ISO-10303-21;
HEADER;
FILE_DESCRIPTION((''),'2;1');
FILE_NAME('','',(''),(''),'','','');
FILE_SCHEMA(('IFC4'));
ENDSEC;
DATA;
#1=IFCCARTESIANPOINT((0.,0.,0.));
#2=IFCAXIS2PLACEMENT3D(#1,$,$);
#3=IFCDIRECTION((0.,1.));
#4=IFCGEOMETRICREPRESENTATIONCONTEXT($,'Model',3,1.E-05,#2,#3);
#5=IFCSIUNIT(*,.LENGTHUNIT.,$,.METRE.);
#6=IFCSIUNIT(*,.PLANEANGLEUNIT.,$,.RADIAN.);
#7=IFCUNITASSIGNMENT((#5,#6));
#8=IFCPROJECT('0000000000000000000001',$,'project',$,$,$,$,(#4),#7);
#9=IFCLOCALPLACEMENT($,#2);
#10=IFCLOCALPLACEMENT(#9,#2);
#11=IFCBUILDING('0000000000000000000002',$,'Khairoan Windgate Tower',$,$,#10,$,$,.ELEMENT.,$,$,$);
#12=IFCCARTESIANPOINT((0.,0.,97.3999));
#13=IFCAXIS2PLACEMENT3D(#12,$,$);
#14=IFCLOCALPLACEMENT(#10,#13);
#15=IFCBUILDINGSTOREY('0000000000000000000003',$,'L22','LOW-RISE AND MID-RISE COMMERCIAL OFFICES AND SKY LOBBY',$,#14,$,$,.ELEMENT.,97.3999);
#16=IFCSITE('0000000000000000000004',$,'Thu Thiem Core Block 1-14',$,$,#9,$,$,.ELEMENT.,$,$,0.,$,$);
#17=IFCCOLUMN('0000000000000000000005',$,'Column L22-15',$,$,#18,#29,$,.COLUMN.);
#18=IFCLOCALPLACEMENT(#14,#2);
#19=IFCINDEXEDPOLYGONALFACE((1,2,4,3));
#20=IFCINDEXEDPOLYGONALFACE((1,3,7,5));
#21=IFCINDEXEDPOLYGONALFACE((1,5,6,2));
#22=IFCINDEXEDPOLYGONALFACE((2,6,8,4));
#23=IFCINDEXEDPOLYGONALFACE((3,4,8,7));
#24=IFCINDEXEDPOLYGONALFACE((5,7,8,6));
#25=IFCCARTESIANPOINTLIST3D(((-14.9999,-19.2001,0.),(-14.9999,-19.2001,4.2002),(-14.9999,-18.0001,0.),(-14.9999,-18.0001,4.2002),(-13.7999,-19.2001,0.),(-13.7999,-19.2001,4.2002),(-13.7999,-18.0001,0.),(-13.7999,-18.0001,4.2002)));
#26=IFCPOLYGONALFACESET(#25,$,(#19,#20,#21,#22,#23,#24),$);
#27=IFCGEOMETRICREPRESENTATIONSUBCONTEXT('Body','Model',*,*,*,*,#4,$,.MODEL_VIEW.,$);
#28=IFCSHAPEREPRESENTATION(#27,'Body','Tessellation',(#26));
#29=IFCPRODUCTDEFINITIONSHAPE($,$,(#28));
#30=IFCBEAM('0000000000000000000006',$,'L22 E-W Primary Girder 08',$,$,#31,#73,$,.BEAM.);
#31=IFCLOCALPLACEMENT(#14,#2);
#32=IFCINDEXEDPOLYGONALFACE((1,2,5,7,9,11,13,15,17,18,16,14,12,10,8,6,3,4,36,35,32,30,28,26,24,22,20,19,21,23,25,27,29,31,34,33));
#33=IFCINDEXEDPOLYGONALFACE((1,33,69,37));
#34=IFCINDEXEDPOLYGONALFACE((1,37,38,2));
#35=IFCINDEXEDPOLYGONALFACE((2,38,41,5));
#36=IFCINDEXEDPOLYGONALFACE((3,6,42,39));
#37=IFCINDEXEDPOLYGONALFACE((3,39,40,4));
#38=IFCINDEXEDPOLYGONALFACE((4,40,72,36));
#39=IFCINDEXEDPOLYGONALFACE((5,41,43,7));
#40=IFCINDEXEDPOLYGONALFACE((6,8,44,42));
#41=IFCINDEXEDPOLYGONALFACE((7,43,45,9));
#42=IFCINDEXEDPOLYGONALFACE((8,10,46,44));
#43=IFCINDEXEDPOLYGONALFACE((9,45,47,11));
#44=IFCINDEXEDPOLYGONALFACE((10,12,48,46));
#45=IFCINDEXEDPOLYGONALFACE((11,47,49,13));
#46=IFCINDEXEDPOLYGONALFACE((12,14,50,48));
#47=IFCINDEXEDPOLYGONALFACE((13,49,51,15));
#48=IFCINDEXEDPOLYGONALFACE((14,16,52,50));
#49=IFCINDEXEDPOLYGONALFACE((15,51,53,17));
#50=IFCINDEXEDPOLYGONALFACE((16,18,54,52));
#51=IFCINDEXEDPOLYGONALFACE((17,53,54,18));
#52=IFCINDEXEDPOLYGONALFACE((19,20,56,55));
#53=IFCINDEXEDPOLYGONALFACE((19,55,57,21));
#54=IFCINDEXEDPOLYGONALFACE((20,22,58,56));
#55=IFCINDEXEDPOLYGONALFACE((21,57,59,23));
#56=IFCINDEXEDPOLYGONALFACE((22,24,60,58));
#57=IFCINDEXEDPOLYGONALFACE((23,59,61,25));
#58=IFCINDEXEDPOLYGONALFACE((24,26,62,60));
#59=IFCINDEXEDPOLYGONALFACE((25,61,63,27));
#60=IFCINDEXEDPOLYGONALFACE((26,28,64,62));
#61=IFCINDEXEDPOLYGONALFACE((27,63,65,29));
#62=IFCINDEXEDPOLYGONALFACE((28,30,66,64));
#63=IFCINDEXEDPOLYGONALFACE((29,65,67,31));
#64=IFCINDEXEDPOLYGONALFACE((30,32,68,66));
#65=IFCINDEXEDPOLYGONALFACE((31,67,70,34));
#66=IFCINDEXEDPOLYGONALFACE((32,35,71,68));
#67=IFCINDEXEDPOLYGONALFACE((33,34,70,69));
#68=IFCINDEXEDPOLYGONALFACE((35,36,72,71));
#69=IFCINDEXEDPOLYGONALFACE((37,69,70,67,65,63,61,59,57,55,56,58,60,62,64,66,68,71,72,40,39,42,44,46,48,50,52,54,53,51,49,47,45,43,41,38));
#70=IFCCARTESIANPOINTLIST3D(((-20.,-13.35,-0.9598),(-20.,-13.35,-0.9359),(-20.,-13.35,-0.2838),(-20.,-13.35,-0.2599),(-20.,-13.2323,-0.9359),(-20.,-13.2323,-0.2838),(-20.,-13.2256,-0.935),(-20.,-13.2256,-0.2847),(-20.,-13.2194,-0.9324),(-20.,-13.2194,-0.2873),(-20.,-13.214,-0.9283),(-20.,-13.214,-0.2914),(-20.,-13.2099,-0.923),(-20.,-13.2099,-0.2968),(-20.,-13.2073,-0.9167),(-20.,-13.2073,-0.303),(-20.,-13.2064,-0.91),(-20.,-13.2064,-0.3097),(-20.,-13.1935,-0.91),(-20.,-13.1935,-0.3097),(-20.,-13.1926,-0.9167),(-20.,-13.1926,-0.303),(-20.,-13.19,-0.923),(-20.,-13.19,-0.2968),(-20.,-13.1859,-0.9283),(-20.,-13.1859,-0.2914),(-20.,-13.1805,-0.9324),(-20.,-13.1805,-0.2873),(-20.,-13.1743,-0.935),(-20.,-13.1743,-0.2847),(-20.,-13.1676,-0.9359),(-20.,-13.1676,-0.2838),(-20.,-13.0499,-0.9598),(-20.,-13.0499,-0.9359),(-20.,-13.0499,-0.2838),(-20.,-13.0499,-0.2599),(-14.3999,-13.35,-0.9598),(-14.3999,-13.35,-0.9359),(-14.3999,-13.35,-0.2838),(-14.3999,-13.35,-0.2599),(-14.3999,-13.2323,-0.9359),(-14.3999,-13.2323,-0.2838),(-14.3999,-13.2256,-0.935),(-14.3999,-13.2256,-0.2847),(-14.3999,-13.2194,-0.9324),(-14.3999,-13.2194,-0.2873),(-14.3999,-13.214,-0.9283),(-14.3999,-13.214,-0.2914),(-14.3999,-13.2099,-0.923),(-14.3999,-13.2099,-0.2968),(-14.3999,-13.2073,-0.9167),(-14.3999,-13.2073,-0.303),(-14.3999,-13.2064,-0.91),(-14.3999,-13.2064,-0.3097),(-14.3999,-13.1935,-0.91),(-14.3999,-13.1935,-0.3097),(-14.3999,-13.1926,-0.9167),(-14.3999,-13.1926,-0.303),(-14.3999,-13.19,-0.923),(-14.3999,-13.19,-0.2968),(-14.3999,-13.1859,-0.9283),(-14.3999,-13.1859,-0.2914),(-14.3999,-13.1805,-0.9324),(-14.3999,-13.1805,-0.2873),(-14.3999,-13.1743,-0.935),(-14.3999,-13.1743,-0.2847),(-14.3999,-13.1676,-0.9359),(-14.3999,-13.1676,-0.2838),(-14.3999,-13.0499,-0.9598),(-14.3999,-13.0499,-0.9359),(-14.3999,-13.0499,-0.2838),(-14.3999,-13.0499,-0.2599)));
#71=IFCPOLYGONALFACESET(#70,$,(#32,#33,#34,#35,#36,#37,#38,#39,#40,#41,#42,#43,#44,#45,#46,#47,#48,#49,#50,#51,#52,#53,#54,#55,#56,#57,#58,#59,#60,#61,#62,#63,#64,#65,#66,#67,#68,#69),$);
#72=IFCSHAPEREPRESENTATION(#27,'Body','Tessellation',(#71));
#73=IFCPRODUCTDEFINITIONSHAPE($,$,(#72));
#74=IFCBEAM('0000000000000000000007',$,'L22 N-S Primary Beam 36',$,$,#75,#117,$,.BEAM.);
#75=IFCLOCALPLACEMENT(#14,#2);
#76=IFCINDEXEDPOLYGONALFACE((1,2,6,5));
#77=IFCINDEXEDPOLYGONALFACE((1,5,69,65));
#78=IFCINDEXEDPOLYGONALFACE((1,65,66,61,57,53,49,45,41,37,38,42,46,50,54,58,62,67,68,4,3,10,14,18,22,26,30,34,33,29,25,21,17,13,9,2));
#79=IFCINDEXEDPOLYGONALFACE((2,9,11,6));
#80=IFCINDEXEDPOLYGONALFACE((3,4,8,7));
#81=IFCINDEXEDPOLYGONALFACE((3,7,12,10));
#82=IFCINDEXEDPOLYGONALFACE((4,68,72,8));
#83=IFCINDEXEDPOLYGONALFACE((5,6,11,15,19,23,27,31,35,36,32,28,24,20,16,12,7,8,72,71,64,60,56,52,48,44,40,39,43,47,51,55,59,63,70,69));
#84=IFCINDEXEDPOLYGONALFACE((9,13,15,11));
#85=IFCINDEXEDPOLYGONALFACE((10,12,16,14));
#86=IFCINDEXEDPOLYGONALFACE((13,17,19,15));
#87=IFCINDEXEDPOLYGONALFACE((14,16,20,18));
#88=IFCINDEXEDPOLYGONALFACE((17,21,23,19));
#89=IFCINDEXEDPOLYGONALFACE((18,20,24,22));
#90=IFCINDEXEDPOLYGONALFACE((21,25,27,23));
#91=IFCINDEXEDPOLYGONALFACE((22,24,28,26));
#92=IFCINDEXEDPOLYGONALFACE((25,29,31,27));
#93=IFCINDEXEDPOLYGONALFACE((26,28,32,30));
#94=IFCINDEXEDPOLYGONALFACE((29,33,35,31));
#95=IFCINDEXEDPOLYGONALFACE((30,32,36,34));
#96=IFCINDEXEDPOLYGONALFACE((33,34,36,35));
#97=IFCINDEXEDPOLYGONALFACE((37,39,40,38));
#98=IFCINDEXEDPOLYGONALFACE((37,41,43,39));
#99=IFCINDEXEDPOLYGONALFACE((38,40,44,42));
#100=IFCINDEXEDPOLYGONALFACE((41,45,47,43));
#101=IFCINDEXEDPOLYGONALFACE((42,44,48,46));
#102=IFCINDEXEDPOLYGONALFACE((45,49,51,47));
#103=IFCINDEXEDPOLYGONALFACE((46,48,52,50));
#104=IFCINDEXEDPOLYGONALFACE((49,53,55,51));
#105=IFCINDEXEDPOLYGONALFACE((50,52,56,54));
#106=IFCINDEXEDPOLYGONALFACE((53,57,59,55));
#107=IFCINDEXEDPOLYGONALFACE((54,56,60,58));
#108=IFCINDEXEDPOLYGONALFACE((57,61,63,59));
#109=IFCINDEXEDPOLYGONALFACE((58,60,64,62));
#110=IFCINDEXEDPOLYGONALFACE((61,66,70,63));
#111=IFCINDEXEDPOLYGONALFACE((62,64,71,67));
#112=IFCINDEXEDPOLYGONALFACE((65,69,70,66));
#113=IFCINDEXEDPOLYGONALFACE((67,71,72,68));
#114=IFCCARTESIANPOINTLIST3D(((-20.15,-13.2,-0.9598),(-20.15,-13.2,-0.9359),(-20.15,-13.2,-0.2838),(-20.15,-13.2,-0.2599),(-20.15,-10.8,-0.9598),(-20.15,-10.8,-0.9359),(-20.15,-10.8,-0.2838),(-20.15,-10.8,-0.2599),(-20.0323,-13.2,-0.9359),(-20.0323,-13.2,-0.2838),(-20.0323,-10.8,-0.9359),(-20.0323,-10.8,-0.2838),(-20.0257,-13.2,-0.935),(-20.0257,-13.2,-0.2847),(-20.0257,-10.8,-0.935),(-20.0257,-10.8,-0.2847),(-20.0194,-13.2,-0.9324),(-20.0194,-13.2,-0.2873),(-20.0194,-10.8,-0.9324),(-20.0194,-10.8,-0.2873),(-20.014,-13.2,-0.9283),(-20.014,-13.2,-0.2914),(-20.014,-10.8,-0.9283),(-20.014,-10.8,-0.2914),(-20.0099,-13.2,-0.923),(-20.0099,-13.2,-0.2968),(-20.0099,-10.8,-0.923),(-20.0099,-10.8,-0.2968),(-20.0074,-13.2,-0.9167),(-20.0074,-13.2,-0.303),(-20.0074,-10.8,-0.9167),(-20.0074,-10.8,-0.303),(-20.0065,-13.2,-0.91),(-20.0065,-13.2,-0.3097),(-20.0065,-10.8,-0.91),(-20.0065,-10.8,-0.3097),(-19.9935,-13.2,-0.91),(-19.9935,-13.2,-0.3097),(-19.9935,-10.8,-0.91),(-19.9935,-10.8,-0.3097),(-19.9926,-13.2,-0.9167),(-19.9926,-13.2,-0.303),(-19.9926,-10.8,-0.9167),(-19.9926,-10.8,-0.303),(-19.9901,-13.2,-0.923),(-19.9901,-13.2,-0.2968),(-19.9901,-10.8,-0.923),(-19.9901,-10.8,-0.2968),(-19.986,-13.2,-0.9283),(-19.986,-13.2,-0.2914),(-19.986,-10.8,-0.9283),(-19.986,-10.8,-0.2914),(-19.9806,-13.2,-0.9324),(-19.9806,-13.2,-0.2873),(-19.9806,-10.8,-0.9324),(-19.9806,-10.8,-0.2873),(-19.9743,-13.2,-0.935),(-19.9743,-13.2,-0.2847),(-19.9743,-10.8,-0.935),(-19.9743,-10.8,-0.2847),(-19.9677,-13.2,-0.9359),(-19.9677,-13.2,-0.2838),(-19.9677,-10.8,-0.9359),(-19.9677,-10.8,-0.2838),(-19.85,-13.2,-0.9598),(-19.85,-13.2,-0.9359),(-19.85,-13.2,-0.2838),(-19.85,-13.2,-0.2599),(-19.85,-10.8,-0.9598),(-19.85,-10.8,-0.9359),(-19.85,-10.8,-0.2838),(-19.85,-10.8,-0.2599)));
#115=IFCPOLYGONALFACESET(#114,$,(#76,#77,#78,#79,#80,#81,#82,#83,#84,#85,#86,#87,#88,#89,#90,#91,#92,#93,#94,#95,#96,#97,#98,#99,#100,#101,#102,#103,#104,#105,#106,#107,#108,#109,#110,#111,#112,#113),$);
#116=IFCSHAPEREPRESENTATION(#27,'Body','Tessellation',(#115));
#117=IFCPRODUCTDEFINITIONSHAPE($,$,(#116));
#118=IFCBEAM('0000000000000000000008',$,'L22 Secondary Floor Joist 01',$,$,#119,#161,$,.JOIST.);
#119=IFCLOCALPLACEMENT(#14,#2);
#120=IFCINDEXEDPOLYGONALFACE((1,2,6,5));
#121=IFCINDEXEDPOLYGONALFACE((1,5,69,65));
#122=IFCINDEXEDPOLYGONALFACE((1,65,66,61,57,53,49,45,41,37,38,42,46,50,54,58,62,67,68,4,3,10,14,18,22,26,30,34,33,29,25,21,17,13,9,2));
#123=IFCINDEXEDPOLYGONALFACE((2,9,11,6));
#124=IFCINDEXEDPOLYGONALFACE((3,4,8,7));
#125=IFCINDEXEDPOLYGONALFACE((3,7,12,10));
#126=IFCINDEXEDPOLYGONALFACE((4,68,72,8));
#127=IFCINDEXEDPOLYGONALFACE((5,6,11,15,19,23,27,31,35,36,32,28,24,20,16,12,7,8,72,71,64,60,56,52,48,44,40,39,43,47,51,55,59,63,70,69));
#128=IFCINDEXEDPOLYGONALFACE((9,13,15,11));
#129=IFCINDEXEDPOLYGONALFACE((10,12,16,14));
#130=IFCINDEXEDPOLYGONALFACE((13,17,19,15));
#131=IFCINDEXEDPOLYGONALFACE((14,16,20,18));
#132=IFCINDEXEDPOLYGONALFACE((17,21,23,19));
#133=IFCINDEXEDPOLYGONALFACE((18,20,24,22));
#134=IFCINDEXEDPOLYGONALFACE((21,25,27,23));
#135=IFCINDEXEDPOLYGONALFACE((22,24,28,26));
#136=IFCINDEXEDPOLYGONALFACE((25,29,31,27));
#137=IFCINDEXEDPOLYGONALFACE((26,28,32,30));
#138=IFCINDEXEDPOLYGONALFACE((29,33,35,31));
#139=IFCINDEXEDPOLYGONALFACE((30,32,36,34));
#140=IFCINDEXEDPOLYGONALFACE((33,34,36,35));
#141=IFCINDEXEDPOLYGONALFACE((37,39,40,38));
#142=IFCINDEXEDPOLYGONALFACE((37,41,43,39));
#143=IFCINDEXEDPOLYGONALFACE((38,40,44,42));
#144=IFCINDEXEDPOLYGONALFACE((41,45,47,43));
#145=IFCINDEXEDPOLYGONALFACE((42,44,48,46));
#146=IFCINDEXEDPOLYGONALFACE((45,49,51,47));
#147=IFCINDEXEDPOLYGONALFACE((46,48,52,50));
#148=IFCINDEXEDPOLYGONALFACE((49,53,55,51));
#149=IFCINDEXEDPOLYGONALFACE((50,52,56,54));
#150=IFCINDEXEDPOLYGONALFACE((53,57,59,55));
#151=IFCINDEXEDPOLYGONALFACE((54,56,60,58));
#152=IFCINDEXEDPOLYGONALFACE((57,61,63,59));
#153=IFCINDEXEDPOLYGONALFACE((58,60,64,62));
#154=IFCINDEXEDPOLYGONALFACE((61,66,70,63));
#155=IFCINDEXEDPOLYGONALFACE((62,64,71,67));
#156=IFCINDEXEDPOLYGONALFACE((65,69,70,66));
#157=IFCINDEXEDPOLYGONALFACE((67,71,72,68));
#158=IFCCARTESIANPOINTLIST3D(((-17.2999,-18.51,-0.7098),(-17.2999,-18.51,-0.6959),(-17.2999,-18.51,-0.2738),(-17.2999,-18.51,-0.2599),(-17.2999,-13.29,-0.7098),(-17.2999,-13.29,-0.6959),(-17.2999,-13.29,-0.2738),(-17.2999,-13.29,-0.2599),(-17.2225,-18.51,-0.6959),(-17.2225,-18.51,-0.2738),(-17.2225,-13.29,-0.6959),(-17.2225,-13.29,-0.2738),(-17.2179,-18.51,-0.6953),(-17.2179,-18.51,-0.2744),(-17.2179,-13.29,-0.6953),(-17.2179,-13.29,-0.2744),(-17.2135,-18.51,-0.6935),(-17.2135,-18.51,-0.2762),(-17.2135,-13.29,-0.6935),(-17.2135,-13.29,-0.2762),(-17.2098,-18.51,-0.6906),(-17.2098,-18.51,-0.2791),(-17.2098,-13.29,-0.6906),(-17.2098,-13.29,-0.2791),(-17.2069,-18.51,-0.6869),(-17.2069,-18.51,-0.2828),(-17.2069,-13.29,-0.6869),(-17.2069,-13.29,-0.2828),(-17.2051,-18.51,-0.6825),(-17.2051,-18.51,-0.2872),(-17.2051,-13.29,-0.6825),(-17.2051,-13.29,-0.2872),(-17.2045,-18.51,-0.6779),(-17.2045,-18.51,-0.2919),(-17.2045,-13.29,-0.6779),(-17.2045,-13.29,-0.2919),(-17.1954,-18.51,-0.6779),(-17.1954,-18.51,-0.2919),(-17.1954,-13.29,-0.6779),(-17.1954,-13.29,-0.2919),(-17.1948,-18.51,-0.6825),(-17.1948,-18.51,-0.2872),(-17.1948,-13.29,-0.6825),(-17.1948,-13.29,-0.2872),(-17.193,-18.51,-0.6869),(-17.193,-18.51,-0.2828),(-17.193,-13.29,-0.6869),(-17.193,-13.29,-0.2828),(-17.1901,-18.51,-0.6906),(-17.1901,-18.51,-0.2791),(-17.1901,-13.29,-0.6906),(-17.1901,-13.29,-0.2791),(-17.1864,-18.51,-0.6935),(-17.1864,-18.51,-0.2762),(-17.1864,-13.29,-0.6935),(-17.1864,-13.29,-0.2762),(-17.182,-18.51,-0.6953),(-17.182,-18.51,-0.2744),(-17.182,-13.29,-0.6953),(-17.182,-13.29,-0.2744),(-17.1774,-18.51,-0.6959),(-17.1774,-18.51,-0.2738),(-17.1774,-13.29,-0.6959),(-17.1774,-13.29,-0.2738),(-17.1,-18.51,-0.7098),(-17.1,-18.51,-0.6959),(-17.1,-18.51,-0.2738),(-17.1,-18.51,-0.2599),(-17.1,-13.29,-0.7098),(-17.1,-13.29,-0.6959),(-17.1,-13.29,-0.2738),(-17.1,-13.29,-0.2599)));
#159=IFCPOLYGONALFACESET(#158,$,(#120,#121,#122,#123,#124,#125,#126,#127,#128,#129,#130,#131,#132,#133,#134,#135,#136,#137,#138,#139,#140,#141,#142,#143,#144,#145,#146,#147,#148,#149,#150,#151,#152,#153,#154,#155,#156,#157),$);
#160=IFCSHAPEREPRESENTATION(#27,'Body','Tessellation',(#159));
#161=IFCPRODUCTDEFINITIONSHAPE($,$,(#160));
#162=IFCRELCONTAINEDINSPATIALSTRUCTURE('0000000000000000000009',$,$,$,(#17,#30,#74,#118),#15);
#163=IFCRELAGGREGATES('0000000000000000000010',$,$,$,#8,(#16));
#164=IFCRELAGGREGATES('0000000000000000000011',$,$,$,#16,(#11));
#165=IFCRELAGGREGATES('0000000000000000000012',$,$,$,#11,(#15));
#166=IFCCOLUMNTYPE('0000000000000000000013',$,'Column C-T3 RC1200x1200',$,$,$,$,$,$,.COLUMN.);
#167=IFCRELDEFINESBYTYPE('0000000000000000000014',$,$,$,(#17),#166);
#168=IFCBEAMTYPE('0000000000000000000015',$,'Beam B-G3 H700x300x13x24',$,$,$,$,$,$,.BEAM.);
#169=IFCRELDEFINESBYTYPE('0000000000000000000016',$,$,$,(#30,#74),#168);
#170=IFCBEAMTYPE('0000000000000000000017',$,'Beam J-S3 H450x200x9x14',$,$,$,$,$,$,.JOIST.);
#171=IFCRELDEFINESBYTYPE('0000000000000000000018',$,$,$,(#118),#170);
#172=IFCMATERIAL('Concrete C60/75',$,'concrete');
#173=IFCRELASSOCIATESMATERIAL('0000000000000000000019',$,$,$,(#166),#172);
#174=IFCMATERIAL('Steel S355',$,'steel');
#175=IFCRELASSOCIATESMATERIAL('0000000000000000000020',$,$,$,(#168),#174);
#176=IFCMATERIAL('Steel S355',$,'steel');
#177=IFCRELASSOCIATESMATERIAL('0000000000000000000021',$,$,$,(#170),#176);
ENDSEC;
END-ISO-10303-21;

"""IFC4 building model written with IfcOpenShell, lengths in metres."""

from ifc_helpers import new_model, si_unit, direction, frame, origin, origin_2d, place, context, subcontext, project, spatial, rectangle, i_section, extrude, material, material_profile, profile_set, type_object, element, save


model = new_model("IFC4")

# Units and contexts
model_context = context("Model", 3, precision=1e-05, world=origin(), true_north=direction((0.0, 1.0)))
body_context = subcontext(model_context, "Body", "Model", "MODEL_VIEW")
ifc_project = project(units=[si_unit("LENGTHUNIT", "METRE"), si_unit("PLANEANGLEUNIT", "RADIAN")], contexts=[model_context])

# Site, building, storey
site_placement = place(None, origin())
site = spatial("IfcSite", under=ifc_project, at=site_placement, Name="Thu Thiem Core Block 1-14", CompositionType="ELEMENT", RefElevation=0.0)
building_placement = place(site_placement, origin())
building = spatial("IfcBuilding", under=site, at=building_placement, Name="Khairoan Windgate Tower", CompositionType="ELEMENT")
storey_placement = place(building_placement, frame((0.0, 0.0, 97.3999)))
storey = spatial("IfcBuildingStorey", under=building, at=storey_placement, Name="L22", Description="LOW-RISE AND MID-RISE COMMERCIAL OFFICES AND SKY LOBBY", CompositionType="ELEMENT", Elevation=97.3999)

# Column
ifc_material_1 = material(Name="Concrete C60/75", Category="concrete")
ifc_material_profile_1 = material_profile(ifc_material_1, rectangle(XDim=1.2, YDim=1.2, at=origin_2d()))
ifc_profile_set_1 = profile_set([ifc_material_profile_1], Name="Concrete C60/75")
column_type = type_object("IfcColumnType", Name="Column C-T3 RC1200x1200", PredefinedType="COLUMN", material=ifc_profile_set_1)
column_placement = place(storey_placement, frame((-14.3999, -18.6001, 0.0), z_axis=(0.0, 0.0, 1.0), x_axis=(1.0, 0.0, 0.0)))
element("IfcColumn", 1, at=column_placement, inside=storey, type_object=column_type, Name="Column L22-15", PredefinedType="COLUMN", context=body_context, shape_type="SweptSolid", body=[
    extrude(rectangle(XDim=1.2, YDim=1.2, at=origin_2d()), origin(), (0.0, 0.0, 1.0), 4.2002),
])

# Beams
ifc_material_2 = material(Name="Steel S355", Category="steel")
ifc_material_profile_2 = material_profile(ifc_material_2, i_section(OverallWidth=0.3, OverallDepth=0.7, WebThickness=0.0129, FlangeThickness=0.0239, FilletRadius=0.0259, at=origin_2d()))
ifc_profile_set_2 = profile_set([ifc_material_profile_2], Name="Steel S355")
beam_type_1 = type_object("IfcBeamType", Name="Beam B-G3 H700x300x13x24", PredefinedType="BEAM", material=ifc_profile_set_2)
beam_1_placement = place(storey_placement, frame((-20.0, -13.2, -0.6099), z_axis=(1.0, 0.0, 0.0), x_axis=(0.0, 1.0, 0.0)))
element("IfcBeam", 2, at=beam_1_placement, inside=storey, type_object=beam_type_1, Name="L22 E-W Primary Girder 08", PredefinedType="BEAM", context=body_context, shape_type="SweptSolid", body=[
    extrude(i_section(OverallWidth=0.3, OverallDepth=0.7, WebThickness=0.0129, FlangeThickness=0.0239, FilletRadius=0.0259, at=origin_2d()), origin(), (0.0, 0.0, 1.0), 5.6001),
])
beam_2_placement = place(storey_placement, frame((-20.0, -13.2, -0.6099), z_axis=(0.0, 1.0, 0.0), x_axis=(-1.0, 0.0, 0.0)))
element("IfcBeam", 3, at=beam_2_placement, inside=storey, type_object=beam_type_1, Name="L22 N-S Primary Beam 36", PredefinedType="BEAM", context=body_context, shape_type="SweptSolid", body=[
    extrude(i_section(OverallWidth=0.3, OverallDepth=0.7, WebThickness=0.0129, FlangeThickness=0.0239, FilletRadius=0.0259, at=origin_2d()), origin(), (0.0, 0.0, 1.0), 2.3999),
])
ifc_material_3 = material(Name="Steel S355", Category="steel")
ifc_material_profile_3 = material_profile(ifc_material_3, i_section(OverallWidth=0.2, OverallDepth=0.45, WebThickness=0.009, FlangeThickness=0.0139, FilletRadius=0.0181, at=origin_2d()))
ifc_profile_set_3 = profile_set([ifc_material_profile_3], Name="Steel S355")
beam_type_2 = type_object("IfcBeamType", Name="Beam J-S3 H450x200x9x14", PredefinedType="JOIST", material=ifc_profile_set_3)
beam_3_placement = place(storey_placement, frame((-17.2, -18.51, -0.4849), z_axis=(0.0, 1.0, 0.0), x_axis=(-1.0, 0.0, 0.0)))
element("IfcBeam", 4, at=beam_3_placement, inside=storey, type_object=beam_type_2, Name="L22 Secondary Floor Joist 01", PredefinedType="JOIST", context=body_context, shape_type="SweptSolid", body=[
    extrude(i_section(OverallWidth=0.2, OverallDepth=0.45, WebThickness=0.009, FlangeThickness=0.0139, FilletRadius=0.0181, at=origin_2d()), origin(), (0.0, 0.0, 1.0), 5.22),
])

save(model, "model.ifc")
